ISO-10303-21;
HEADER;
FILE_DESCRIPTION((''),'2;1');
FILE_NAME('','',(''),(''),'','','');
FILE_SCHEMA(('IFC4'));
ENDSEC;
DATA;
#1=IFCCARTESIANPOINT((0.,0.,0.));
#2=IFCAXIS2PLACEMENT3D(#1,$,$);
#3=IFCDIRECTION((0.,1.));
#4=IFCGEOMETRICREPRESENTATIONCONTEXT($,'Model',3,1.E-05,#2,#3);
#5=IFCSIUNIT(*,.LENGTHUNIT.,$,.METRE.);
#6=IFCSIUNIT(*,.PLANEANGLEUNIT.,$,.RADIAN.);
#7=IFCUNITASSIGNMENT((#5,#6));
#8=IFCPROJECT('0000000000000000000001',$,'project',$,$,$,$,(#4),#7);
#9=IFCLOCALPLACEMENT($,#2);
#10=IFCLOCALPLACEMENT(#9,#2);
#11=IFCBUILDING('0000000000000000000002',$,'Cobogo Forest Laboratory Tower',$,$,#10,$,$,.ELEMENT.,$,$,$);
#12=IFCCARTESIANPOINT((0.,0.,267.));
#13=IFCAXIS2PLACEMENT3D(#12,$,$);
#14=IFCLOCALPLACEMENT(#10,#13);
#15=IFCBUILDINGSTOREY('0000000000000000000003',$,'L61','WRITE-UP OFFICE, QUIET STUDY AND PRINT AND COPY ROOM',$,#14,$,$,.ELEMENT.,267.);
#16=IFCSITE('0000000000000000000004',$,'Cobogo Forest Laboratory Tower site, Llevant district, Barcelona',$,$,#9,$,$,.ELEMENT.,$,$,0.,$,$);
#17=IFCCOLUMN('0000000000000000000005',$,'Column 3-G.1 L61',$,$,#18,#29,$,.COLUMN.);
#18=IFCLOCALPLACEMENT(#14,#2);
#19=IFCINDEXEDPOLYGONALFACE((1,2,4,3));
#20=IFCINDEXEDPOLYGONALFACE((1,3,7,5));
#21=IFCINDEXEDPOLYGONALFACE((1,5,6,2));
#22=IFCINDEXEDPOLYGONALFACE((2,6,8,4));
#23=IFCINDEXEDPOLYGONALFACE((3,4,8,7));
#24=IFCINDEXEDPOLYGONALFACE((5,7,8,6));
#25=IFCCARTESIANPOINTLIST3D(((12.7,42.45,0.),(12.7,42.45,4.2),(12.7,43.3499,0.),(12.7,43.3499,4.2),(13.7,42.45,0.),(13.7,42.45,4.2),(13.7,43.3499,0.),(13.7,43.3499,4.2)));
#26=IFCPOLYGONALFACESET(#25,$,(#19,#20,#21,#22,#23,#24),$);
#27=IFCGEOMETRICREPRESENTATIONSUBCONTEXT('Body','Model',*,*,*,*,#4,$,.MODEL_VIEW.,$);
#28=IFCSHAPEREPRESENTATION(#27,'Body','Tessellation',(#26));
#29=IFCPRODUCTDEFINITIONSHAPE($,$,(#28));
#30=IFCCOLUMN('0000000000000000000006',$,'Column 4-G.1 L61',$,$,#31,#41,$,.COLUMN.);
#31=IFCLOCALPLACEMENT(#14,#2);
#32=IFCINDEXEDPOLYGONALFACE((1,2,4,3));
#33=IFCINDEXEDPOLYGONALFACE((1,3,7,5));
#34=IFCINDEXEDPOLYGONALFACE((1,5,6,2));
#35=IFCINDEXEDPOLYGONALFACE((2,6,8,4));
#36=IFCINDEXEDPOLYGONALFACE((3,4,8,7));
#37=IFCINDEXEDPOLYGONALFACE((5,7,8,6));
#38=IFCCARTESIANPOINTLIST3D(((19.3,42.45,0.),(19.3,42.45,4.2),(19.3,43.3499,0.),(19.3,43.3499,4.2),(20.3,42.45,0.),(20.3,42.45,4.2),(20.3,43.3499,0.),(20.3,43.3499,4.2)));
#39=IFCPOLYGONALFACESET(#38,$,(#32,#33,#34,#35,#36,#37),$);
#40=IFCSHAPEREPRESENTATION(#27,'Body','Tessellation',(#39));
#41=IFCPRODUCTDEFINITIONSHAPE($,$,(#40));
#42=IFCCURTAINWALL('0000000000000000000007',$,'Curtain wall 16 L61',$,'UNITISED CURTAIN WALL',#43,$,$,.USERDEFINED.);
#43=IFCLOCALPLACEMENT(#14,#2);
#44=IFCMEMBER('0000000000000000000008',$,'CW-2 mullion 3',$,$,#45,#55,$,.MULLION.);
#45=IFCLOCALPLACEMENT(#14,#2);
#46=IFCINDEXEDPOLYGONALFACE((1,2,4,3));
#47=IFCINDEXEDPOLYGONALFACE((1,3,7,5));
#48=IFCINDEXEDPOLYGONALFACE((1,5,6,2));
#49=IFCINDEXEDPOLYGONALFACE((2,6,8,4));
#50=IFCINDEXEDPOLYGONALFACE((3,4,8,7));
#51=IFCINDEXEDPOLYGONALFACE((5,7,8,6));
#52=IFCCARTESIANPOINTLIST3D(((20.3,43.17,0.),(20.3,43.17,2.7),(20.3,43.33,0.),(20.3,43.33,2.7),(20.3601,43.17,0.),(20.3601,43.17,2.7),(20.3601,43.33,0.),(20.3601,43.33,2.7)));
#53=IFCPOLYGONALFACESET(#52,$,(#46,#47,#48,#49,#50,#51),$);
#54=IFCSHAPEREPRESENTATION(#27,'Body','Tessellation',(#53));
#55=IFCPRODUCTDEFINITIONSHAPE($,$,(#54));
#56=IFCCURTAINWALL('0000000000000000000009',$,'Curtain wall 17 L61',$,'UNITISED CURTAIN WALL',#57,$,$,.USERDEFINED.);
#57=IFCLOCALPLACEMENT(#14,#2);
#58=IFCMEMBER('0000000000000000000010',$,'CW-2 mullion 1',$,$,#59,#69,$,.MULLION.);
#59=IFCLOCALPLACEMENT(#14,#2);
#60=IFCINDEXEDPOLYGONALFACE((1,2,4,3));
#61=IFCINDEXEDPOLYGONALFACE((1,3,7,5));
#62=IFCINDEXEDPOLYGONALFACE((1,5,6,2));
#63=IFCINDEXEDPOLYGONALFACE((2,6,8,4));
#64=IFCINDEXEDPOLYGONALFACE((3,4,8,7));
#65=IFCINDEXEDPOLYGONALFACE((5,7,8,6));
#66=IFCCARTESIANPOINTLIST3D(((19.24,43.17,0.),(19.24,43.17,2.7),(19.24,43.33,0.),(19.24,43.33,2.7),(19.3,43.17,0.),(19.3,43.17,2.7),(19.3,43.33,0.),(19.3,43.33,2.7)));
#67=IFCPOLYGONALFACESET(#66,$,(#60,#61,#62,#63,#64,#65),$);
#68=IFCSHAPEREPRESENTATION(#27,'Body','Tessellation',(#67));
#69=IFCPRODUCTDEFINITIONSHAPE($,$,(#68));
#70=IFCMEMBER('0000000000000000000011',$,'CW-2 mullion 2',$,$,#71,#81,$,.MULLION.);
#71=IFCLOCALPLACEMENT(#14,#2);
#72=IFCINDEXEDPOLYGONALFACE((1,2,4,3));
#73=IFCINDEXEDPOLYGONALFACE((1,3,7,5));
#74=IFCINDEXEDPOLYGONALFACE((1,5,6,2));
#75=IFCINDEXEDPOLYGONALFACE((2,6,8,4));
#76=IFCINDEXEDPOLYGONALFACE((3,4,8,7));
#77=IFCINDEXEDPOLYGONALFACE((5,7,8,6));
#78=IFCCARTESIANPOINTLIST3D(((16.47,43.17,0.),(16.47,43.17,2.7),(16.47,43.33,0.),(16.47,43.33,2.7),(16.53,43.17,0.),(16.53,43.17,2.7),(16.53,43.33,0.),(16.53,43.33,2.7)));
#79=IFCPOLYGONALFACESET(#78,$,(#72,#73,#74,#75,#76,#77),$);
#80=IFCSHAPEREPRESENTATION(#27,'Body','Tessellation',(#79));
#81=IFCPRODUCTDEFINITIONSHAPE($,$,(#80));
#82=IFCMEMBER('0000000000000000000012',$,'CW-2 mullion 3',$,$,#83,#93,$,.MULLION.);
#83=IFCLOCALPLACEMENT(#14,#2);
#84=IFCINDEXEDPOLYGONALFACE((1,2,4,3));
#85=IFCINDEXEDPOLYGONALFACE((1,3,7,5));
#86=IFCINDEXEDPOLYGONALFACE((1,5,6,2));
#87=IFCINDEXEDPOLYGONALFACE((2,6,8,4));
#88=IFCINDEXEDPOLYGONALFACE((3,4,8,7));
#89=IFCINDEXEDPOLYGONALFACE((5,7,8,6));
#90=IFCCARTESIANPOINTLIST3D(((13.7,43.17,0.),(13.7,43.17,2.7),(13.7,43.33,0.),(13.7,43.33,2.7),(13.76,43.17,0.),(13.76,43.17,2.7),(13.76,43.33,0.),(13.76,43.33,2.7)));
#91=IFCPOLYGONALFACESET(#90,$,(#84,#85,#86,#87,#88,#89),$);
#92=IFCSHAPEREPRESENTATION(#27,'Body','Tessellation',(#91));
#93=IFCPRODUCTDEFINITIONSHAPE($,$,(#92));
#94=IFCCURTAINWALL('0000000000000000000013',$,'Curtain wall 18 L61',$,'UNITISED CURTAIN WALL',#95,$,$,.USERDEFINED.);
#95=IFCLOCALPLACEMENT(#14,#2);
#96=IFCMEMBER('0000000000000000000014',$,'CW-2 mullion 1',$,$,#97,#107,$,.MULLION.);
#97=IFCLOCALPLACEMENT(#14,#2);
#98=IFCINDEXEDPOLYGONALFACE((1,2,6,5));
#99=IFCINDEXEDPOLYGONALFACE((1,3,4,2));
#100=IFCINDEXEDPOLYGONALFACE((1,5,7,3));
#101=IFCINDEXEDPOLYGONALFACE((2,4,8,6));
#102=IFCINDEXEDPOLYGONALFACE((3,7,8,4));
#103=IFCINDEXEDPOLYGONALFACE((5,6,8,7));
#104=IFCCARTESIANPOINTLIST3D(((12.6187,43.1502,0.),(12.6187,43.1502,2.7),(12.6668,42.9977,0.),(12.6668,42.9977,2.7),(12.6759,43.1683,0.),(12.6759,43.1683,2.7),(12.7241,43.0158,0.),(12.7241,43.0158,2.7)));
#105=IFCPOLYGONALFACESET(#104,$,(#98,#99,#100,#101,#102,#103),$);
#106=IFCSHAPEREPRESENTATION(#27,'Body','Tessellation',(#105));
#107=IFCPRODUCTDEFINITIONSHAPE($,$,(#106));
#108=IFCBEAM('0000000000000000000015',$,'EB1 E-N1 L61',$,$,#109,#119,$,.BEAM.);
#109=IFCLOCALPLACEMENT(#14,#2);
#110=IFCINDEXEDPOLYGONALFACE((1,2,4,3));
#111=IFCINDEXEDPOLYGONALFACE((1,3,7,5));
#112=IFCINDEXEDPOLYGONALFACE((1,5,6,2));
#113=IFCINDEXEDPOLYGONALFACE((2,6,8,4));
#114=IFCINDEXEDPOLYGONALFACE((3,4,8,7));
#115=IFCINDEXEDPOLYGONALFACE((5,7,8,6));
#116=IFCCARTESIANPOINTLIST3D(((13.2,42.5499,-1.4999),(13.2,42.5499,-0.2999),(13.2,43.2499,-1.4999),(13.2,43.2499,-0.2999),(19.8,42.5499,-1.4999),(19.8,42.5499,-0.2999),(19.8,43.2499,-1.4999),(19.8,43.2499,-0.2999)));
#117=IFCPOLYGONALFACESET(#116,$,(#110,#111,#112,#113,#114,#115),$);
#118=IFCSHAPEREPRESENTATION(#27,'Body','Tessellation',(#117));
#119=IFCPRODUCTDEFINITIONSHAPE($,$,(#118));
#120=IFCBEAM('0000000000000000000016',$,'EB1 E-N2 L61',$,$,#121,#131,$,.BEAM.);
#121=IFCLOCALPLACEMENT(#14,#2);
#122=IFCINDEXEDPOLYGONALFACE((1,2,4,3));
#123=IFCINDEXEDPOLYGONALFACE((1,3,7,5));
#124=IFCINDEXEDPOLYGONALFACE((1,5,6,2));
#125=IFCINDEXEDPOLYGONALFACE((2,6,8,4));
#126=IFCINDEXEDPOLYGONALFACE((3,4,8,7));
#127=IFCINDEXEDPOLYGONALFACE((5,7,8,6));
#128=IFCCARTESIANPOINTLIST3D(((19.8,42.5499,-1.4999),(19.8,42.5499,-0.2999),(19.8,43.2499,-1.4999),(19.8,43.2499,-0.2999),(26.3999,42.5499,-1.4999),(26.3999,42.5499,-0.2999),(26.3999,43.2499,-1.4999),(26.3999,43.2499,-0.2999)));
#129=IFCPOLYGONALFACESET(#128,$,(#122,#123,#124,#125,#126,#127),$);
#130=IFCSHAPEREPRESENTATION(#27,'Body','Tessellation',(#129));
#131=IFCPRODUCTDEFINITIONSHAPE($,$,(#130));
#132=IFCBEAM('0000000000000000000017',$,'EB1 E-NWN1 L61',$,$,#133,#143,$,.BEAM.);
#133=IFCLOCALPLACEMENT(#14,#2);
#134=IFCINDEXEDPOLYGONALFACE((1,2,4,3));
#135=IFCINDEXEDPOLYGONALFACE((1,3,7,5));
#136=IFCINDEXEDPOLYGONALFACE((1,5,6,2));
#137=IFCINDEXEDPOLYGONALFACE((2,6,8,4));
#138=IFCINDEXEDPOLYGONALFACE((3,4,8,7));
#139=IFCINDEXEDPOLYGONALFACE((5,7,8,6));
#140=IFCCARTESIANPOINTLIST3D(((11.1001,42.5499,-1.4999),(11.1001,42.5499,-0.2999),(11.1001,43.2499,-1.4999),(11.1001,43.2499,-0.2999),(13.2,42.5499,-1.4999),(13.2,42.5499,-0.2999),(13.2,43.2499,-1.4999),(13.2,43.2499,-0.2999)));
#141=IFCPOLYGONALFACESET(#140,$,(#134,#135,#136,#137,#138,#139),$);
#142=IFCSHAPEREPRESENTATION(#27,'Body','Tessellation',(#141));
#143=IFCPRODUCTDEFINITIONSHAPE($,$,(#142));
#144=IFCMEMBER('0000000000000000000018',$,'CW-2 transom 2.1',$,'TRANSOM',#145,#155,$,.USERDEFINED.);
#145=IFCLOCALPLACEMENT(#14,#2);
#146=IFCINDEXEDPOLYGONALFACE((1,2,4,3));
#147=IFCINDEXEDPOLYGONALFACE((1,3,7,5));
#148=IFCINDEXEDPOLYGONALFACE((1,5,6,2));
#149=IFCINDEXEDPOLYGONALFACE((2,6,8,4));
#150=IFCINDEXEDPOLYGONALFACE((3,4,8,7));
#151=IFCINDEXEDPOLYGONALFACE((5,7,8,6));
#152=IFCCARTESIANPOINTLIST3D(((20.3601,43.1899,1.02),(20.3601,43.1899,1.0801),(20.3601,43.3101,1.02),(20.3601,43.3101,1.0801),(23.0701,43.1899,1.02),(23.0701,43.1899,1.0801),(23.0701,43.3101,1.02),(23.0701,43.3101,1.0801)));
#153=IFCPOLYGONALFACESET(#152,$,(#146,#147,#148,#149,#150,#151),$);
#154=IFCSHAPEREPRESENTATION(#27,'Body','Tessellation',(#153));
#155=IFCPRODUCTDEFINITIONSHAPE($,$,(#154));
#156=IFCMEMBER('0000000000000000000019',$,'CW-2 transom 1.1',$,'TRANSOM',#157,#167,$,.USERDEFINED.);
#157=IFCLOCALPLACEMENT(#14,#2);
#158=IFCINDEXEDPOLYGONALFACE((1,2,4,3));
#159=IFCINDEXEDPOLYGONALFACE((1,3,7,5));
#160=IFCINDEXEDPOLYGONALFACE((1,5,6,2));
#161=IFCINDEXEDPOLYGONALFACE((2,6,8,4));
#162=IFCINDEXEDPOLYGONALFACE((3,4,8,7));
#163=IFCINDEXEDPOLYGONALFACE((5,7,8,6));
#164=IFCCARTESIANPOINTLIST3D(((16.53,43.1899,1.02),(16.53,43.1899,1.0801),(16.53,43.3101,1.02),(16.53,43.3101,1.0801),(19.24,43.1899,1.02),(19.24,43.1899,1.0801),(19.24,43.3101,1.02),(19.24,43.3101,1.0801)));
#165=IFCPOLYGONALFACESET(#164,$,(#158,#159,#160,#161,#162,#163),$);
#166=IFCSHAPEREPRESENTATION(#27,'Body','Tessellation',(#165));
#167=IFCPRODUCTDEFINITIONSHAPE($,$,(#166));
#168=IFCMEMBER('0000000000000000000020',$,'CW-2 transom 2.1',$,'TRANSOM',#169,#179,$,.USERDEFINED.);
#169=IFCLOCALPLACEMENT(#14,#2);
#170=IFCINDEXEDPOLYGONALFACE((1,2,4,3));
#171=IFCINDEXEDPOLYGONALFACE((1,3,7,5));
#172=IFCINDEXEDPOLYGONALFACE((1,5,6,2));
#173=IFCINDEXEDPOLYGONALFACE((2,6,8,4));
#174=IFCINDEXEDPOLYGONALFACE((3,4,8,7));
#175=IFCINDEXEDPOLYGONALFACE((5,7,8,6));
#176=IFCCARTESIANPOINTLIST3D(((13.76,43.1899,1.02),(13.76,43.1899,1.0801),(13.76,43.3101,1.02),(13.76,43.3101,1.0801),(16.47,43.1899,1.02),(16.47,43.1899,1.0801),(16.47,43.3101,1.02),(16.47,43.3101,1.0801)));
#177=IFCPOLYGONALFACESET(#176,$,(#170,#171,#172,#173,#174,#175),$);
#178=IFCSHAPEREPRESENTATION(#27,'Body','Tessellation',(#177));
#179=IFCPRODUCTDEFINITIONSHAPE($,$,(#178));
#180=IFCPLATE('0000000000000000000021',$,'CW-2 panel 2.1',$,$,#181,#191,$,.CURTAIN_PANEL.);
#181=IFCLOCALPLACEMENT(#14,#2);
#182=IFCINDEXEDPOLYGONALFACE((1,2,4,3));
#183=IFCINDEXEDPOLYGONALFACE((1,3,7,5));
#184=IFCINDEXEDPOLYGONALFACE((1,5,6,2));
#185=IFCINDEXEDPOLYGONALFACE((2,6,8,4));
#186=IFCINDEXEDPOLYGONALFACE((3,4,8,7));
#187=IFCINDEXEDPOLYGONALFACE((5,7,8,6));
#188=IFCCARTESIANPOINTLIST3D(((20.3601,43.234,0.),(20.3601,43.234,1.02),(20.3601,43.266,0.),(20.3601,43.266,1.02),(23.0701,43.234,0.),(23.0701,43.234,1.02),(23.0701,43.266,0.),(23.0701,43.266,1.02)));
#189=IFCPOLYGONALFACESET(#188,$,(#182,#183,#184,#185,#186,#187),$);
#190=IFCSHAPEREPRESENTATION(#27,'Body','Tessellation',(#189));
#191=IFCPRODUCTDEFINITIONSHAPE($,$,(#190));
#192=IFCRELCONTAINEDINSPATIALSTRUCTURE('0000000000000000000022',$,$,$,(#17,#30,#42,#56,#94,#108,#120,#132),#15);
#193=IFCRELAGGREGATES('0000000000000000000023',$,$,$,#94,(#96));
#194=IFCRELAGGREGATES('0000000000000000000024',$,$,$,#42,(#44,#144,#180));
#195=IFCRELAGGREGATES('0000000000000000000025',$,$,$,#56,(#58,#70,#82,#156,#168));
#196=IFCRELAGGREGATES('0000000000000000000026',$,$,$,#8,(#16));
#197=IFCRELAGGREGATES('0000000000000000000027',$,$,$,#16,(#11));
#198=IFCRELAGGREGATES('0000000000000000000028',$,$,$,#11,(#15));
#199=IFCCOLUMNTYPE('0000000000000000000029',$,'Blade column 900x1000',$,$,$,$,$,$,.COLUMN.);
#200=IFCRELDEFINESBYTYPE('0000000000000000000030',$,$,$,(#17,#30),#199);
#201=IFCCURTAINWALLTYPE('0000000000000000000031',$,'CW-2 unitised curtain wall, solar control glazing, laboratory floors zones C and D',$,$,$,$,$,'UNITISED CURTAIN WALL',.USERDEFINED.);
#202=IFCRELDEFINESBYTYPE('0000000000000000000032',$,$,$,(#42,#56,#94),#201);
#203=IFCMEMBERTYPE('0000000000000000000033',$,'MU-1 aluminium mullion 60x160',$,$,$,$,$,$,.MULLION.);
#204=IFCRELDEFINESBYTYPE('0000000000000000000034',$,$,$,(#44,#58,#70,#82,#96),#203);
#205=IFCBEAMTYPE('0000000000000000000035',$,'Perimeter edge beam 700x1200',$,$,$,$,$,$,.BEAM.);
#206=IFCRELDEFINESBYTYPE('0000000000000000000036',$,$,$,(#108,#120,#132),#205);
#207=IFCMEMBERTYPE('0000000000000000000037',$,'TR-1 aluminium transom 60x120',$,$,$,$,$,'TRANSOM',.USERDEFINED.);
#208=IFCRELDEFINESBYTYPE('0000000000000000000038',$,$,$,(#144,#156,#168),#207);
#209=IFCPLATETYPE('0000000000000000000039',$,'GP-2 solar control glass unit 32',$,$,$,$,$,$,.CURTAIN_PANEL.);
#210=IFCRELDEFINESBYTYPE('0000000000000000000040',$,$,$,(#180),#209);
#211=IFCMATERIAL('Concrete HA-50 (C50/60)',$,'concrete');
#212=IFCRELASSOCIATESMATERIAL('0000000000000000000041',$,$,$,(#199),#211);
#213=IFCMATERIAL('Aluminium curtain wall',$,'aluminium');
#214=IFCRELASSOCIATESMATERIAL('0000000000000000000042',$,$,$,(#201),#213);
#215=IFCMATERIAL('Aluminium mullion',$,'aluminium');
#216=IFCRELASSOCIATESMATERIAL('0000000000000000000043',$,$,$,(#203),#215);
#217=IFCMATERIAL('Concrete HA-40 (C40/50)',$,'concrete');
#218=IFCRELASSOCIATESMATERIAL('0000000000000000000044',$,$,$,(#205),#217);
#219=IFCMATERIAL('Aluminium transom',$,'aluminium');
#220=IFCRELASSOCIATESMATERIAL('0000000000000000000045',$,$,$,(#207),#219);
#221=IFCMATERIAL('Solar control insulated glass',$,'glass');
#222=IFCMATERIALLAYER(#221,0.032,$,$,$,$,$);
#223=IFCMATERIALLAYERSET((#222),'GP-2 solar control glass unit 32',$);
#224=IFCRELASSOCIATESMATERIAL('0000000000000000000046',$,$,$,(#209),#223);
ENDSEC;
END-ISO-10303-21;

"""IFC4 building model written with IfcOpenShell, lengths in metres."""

from ifc_helpers import new_model, si_unit, direction, frame, origin, origin_2d, place, context, subcontext, project, spatial, rectangle, extrude, material, layer, layer_set, material_profile, profile_set, type_object, element, aggregate, save


model = new_model("IFC4")

# Units and contexts
model_context = context("Model", 3, precision=1e-05, world=origin(), true_north=direction((0.0, 1.0)))
body_context = subcontext(model_context, "Body", "Model", "MODEL_VIEW")
ifc_project = project(units=[si_unit("LENGTHUNIT", "METRE"), si_unit("PLANEANGLEUNIT", "RADIAN")], contexts=[model_context])

# Site, building, storey
site_placement = place(None, origin())
site = spatial("IfcSite", under=ifc_project, at=site_placement, Name="Cobogo Forest Laboratory Tower site, Llevant district, Barcelona", CompositionType="ELEMENT", RefElevation=0.0)
building_placement = place(site_placement, origin())
building = spatial("IfcBuilding", under=site, at=building_placement, Name="Cobogo Forest Laboratory Tower", CompositionType="ELEMENT")
storey_placement = place(building_placement, frame((0.0, 0.0, 267.0)))
storey = spatial("IfcBuildingStorey", under=building, at=storey_placement, Name="L61", Description="WRITE-UP OFFICE, QUIET STUDY AND PRINT AND COPY ROOM", CompositionType="ELEMENT", Elevation=267.0)

# Columns
ifc_material_1 = material(Name="Concrete HA-50 (C50/60)", Category="concrete")
ifc_material_profile_1 = material_profile(ifc_material_1, rectangle(XDim=1.0, YDim=0.8999, at=origin_2d()), Name="RC 900x1000")
ifc_profile_set_1 = profile_set([ifc_material_profile_1], Name="Concrete HA-50 (C50/60)")
column_type = type_object("IfcColumnType", Name="Blade column 900x1000", PredefinedType="COLUMN", material=ifc_profile_set_1)
for number, where, z_axis, x_axis, name in (
    (1, (13.2, 42.8999, 0.0), (0.0, 0.0, 1.0), (1.0, 0.0, 0.0), "Column 3-G.1 L61"),
    (2, (19.8, 42.8999, 0.0), (0.0, 0.0, 1.0), (1.0, 0.0, 0.0), "Column 4-G.1 L61"),
):
    element("IfcColumn", number, at=place(storey_placement, frame(where, z_axis=z_axis, x_axis=x_axis)), inside=storey, type_object=column_type, Name=name, PredefinedType="COLUMN", context=body_context, shape_type="SweptSolid", body=[
        extrude(rectangle(XDim=1.0, YDim=0.8999, at=origin_2d()), origin(), (0.0, 0.0, 1.0), 4.2),
    ])

# Curtain wall, member
ifc_material_2 = material(Name="Aluminium curtain wall", Category="aluminium")
curtain_wall_type = type_object("IfcCurtainWallType", Name="CW-2 unitised curtain wall, solar control glazing, laboratory floors zones C and D", ElementType="UNITISED CURTAIN WALL", PredefinedType="USERDEFINED", material=ifc_material_2)
curtain_wall_1_placement = place(storey_placement, origin())
curtain_wall_1 = element("IfcCurtainWall", 3, at=curtain_wall_1_placement, inside=storey, type_object=curtain_wall_type, Name="Curtain wall 16 L61", ObjectType="UNITISED CURTAIN WALL", PredefinedType="USERDEFINED")
ifc_material_3 = material(Name="Aluminium mullion", Category="aluminium")
ifc_material_profile_2 = material_profile(ifc_material_3, rectangle(XDim=0.0601, YDim=0.1599, at=origin_2d()), Name="AL 60x160")
ifc_profile_set_2 = profile_set([ifc_material_profile_2], Name="Aluminium mullion")
member_type_1 = type_object("IfcMemberType", Name="MU-1 aluminium mullion 60x160", PredefinedType="MULLION", material=ifc_profile_set_2)
member_1_placement = place(storey_placement, frame((20.3301, 43.25, 0.0), z_axis=(0.0, 0.0, 1.0), x_axis=(-1.0, 0.0, 0.0)))
member_1 = element("IfcMember", 4, at=member_1_placement, type_object=member_type_1, Name="CW-2 mullion 3", PredefinedType="MULLION", context=body_context, shape_type="SweptSolid", body=[
    extrude(rectangle(XDim=0.0601, YDim=0.1599, at=origin_2d()), origin(), (0.0, 0.0, 1.0), 2.7),
])

# Curtain wall, members
curtain_wall_2_placement = place(storey_placement, origin())
curtain_wall_2 = element("IfcCurtainWall", 5, at=curtain_wall_2_placement, inside=storey, type_object=curtain_wall_type, Name="Curtain wall 17 L61", ObjectType="UNITISED CURTAIN WALL", PredefinedType="USERDEFINED")
member_2_placement = place(storey_placement, frame((19.27, 43.25, 0.0), z_axis=(0.0, 0.0, 1.0), x_axis=(-1.0, 0.0, 0.0)))
member_2 = element("IfcMember", 6, at=member_2_placement, type_object=member_type_1, Name="CW-2 mullion 1", PredefinedType="MULLION", context=body_context, shape_type="SweptSolid", body=[
    extrude(rectangle(XDim=0.0601, YDim=0.1599, at=origin_2d()), origin(), (0.0, 0.0, 1.0), 2.7),
])
member_3_placement = place(storey_placement, frame((16.5, 43.25, 0.0), z_axis=(0.0, 0.0, 1.0), x_axis=(-1.0, 0.0, 0.0)))
member_3 = element("IfcMember", 7, at=member_3_placement, type_object=member_type_1, Name="CW-2 mullion 2", PredefinedType="MULLION", context=body_context, shape_type="SweptSolid", body=[
    extrude(rectangle(XDim=0.0601, YDim=0.1599, at=origin_2d()), origin(), (0.0, 0.0, 1.0), 2.7),
])
member_4_placement = place(storey_placement, frame((13.73, 43.25, 0.0), z_axis=(0.0, 0.0, 1.0), x_axis=(-1.0, 0.0, 0.0)))
member_4 = element("IfcMember", 8, at=member_4_placement, type_object=member_type_1, Name="CW-2 mullion 3", PredefinedType="MULLION", context=body_context, shape_type="SweptSolid", body=[
    extrude(rectangle(XDim=0.0601, YDim=0.1599, at=origin_2d()), origin(), (0.0, 0.0, 1.0), 2.7),
])

# Curtain wall, member
curtain_wall_3_placement = place(storey_placement, origin())
curtain_wall_3 = element("IfcCurtainWall", 9, at=curtain_wall_3_placement, inside=storey, type_object=curtain_wall_type, Name="Curtain wall 18 L61", ObjectType="UNITISED CURTAIN WALL", PredefinedType="USERDEFINED")
member_5_placement = place(storey_placement, frame((12.6714, 43.083, 0.0), z_axis=(0.0, 0.0, 1.0), x_axis=(-0.953581, -0.301135, 0.0)))
member_5 = element("IfcMember", 10, at=member_5_placement, type_object=member_type_1, Name="CW-2 mullion 1", PredefinedType="MULLION", context=body_context, shape_type="SweptSolid", body=[
    extrude(rectangle(XDim=0.0601, YDim=0.1599, at=origin_2d()), origin(), (0.0, 0.0, 1.0), 2.7),
])
aggregate(curtain_wall_3, [member_5])

# Beams
ifc_material_4 = material(Name="Concrete HA-40 (C40/50)", Category="concrete")
ifc_material_profile_3 = material_profile(ifc_material_4, rectangle(XDim=0.7, YDim=1.2, at=origin_2d()), Name="RC 700x1200")
ifc_profile_set_3 = profile_set([ifc_material_profile_3], Name="Concrete HA-40 (C40/50)")
beam_type = type_object("IfcBeamType", Name="Perimeter edge beam 700x1200", PredefinedType="BEAM", material=ifc_profile_set_3)
beam_1_placement = place(storey_placement, frame((13.2, 42.8999, -0.8999), z_axis=(1.0, 0.0, 0.0), x_axis=(0.0, 1.0, 0.0)))
element("IfcBeam", 11, at=beam_1_placement, inside=storey, type_object=beam_type, Name="EB1 E-N1 L61", PredefinedType="BEAM", context=body_context, shape_type="SweptSolid", body=[
    extrude(rectangle(XDim=0.7, YDim=1.2, at=origin_2d()), origin(), (0.0, 0.0, 1.0), 6.6001),
])
beam_2_placement = place(storey_placement, frame((19.8, 42.8999, -0.8999), z_axis=(1.0, 0.0, 0.0), x_axis=(0.0, 1.0, 0.0)))
element("IfcBeam", 12, at=beam_2_placement, inside=storey, type_object=beam_type, Name="EB1 E-N2 L61", PredefinedType="BEAM", context=body_context, shape_type="SweptSolid", body=[
    extrude(rectangle(XDim=0.7, YDim=1.2, at=origin_2d()), origin(), (0.0, 0.0, 1.0), 6.5999),
])
beam_3_placement = place(storey_placement, frame((13.2, 42.8999, -0.8999), z_axis=(-1.0, 0.0, 0.0), x_axis=(0.0, -1.0, 0.0)))
element("IfcBeam", 13, at=beam_3_placement, inside=storey, type_object=beam_type, Name="EB1 E-NWN1 L61", PredefinedType="BEAM", context=body_context, shape_type="SweptSolid", body=[
    extrude(rectangle(XDim=0.7, YDim=1.2, at=origin_2d()), origin(), (0.0, 0.0, 1.0), 2.0999),
])

# Members
ifc_material_5 = material(Name="Aluminium transom", Category="aluminium")
ifc_material_profile_4 = material_profile(ifc_material_5, rectangle(XDim=0.1201, YDim=0.0601, at=origin_2d()), Name="AL 60x120")
ifc_profile_set_4 = profile_set([ifc_material_profile_4], Name="Aluminium transom")
member_type_2 = type_object("IfcMemberType", Name="TR-1 aluminium transom 60x120", ElementType="TRANSOM", PredefinedType="USERDEFINED", material=ifc_profile_set_4)
member_6_placement = place(storey_placement, frame((23.0701, 43.25, 1.05), z_axis=(-1.0, 0.0, 0.0), x_axis=(0.0, -1.0, 0.0)))
member_6 = element("IfcMember", 14, at=member_6_placement, type_object=member_type_2, Name="CW-2 transom 2.1", ObjectType="TRANSOM", PredefinedType="USERDEFINED", context=body_context, shape_type="SweptSolid", body=[
    extrude(rectangle(XDim=0.1201, YDim=0.0601, at=origin_2d()), origin(), (0.0, 0.0, 1.0), 2.71),
])
member_7_placement = place(storey_placement, frame((19.24, 43.25, 1.05), z_axis=(-1.0, 0.0, 0.0), x_axis=(0.0, -1.0, 0.0)))
member_7 = element("IfcMember", 15, at=member_7_placement, type_object=member_type_2, Name="CW-2 transom 1.1", ObjectType="TRANSOM", PredefinedType="USERDEFINED", context=body_context, shape_type="SweptSolid", body=[
    extrude(rectangle(XDim=0.1201, YDim=0.0601, at=origin_2d()), origin(), (0.0, 0.0, 1.0), 2.71),
])
member_8_placement = place(storey_placement, frame((16.47, 43.25, 1.05), z_axis=(-1.0, 0.0, 0.0), x_axis=(0.0, -1.0, 0.0)))
member_8 = element("IfcMember", 16, at=member_8_placement, type_object=member_type_2, Name="CW-2 transom 2.1", ObjectType="TRANSOM", PredefinedType="USERDEFINED", context=body_context, shape_type="SweptSolid", body=[
    extrude(rectangle(XDim=0.1201, YDim=0.0601, at=origin_2d()), origin(), (0.0, 0.0, 1.0), 2.71),
])

# Plate
ifc_material_6 = material(Name="Solar control insulated glass", Category="glass")
ifc_layer_1 = layer(ifc_material_6, 0.032)
ifc_layer_set_1 = layer_set([ifc_layer_1], Name="GP-2 solar control glass unit 32")
plate_type_1 = type_object("IfcPlateType", Name="GP-2 solar control glass unit 32", PredefinedType="CURTAIN_PANEL", material=ifc_layer_set_1)
plate_1_placement = place(storey_placement, frame((21.7151, 43.25, 0.0), z_axis=(0.0, 0.0, 1.0), x_axis=(-1.0, 0.0, 0.0)))
plate_1 = element("IfcPlate", 17, at=plate_1_placement, type_object=plate_type_1, Name="CW-2 panel 2.1", PredefinedType="CURTAIN_PANEL", context=body_context, shape_type="SweptSolid", body=[
    extrude(rectangle(XDim=2.71, YDim=0.032, at=origin_2d()), origin(), (0.0, 0.0, 1.0), 1.02),
])
aggregate(curtain_wall_1, [member_1, member_6, plate_1])
aggregate(curtain_wall_2, [member_2, member_3, member_4, member_7, member_8])

save(model, "model.ifc")
